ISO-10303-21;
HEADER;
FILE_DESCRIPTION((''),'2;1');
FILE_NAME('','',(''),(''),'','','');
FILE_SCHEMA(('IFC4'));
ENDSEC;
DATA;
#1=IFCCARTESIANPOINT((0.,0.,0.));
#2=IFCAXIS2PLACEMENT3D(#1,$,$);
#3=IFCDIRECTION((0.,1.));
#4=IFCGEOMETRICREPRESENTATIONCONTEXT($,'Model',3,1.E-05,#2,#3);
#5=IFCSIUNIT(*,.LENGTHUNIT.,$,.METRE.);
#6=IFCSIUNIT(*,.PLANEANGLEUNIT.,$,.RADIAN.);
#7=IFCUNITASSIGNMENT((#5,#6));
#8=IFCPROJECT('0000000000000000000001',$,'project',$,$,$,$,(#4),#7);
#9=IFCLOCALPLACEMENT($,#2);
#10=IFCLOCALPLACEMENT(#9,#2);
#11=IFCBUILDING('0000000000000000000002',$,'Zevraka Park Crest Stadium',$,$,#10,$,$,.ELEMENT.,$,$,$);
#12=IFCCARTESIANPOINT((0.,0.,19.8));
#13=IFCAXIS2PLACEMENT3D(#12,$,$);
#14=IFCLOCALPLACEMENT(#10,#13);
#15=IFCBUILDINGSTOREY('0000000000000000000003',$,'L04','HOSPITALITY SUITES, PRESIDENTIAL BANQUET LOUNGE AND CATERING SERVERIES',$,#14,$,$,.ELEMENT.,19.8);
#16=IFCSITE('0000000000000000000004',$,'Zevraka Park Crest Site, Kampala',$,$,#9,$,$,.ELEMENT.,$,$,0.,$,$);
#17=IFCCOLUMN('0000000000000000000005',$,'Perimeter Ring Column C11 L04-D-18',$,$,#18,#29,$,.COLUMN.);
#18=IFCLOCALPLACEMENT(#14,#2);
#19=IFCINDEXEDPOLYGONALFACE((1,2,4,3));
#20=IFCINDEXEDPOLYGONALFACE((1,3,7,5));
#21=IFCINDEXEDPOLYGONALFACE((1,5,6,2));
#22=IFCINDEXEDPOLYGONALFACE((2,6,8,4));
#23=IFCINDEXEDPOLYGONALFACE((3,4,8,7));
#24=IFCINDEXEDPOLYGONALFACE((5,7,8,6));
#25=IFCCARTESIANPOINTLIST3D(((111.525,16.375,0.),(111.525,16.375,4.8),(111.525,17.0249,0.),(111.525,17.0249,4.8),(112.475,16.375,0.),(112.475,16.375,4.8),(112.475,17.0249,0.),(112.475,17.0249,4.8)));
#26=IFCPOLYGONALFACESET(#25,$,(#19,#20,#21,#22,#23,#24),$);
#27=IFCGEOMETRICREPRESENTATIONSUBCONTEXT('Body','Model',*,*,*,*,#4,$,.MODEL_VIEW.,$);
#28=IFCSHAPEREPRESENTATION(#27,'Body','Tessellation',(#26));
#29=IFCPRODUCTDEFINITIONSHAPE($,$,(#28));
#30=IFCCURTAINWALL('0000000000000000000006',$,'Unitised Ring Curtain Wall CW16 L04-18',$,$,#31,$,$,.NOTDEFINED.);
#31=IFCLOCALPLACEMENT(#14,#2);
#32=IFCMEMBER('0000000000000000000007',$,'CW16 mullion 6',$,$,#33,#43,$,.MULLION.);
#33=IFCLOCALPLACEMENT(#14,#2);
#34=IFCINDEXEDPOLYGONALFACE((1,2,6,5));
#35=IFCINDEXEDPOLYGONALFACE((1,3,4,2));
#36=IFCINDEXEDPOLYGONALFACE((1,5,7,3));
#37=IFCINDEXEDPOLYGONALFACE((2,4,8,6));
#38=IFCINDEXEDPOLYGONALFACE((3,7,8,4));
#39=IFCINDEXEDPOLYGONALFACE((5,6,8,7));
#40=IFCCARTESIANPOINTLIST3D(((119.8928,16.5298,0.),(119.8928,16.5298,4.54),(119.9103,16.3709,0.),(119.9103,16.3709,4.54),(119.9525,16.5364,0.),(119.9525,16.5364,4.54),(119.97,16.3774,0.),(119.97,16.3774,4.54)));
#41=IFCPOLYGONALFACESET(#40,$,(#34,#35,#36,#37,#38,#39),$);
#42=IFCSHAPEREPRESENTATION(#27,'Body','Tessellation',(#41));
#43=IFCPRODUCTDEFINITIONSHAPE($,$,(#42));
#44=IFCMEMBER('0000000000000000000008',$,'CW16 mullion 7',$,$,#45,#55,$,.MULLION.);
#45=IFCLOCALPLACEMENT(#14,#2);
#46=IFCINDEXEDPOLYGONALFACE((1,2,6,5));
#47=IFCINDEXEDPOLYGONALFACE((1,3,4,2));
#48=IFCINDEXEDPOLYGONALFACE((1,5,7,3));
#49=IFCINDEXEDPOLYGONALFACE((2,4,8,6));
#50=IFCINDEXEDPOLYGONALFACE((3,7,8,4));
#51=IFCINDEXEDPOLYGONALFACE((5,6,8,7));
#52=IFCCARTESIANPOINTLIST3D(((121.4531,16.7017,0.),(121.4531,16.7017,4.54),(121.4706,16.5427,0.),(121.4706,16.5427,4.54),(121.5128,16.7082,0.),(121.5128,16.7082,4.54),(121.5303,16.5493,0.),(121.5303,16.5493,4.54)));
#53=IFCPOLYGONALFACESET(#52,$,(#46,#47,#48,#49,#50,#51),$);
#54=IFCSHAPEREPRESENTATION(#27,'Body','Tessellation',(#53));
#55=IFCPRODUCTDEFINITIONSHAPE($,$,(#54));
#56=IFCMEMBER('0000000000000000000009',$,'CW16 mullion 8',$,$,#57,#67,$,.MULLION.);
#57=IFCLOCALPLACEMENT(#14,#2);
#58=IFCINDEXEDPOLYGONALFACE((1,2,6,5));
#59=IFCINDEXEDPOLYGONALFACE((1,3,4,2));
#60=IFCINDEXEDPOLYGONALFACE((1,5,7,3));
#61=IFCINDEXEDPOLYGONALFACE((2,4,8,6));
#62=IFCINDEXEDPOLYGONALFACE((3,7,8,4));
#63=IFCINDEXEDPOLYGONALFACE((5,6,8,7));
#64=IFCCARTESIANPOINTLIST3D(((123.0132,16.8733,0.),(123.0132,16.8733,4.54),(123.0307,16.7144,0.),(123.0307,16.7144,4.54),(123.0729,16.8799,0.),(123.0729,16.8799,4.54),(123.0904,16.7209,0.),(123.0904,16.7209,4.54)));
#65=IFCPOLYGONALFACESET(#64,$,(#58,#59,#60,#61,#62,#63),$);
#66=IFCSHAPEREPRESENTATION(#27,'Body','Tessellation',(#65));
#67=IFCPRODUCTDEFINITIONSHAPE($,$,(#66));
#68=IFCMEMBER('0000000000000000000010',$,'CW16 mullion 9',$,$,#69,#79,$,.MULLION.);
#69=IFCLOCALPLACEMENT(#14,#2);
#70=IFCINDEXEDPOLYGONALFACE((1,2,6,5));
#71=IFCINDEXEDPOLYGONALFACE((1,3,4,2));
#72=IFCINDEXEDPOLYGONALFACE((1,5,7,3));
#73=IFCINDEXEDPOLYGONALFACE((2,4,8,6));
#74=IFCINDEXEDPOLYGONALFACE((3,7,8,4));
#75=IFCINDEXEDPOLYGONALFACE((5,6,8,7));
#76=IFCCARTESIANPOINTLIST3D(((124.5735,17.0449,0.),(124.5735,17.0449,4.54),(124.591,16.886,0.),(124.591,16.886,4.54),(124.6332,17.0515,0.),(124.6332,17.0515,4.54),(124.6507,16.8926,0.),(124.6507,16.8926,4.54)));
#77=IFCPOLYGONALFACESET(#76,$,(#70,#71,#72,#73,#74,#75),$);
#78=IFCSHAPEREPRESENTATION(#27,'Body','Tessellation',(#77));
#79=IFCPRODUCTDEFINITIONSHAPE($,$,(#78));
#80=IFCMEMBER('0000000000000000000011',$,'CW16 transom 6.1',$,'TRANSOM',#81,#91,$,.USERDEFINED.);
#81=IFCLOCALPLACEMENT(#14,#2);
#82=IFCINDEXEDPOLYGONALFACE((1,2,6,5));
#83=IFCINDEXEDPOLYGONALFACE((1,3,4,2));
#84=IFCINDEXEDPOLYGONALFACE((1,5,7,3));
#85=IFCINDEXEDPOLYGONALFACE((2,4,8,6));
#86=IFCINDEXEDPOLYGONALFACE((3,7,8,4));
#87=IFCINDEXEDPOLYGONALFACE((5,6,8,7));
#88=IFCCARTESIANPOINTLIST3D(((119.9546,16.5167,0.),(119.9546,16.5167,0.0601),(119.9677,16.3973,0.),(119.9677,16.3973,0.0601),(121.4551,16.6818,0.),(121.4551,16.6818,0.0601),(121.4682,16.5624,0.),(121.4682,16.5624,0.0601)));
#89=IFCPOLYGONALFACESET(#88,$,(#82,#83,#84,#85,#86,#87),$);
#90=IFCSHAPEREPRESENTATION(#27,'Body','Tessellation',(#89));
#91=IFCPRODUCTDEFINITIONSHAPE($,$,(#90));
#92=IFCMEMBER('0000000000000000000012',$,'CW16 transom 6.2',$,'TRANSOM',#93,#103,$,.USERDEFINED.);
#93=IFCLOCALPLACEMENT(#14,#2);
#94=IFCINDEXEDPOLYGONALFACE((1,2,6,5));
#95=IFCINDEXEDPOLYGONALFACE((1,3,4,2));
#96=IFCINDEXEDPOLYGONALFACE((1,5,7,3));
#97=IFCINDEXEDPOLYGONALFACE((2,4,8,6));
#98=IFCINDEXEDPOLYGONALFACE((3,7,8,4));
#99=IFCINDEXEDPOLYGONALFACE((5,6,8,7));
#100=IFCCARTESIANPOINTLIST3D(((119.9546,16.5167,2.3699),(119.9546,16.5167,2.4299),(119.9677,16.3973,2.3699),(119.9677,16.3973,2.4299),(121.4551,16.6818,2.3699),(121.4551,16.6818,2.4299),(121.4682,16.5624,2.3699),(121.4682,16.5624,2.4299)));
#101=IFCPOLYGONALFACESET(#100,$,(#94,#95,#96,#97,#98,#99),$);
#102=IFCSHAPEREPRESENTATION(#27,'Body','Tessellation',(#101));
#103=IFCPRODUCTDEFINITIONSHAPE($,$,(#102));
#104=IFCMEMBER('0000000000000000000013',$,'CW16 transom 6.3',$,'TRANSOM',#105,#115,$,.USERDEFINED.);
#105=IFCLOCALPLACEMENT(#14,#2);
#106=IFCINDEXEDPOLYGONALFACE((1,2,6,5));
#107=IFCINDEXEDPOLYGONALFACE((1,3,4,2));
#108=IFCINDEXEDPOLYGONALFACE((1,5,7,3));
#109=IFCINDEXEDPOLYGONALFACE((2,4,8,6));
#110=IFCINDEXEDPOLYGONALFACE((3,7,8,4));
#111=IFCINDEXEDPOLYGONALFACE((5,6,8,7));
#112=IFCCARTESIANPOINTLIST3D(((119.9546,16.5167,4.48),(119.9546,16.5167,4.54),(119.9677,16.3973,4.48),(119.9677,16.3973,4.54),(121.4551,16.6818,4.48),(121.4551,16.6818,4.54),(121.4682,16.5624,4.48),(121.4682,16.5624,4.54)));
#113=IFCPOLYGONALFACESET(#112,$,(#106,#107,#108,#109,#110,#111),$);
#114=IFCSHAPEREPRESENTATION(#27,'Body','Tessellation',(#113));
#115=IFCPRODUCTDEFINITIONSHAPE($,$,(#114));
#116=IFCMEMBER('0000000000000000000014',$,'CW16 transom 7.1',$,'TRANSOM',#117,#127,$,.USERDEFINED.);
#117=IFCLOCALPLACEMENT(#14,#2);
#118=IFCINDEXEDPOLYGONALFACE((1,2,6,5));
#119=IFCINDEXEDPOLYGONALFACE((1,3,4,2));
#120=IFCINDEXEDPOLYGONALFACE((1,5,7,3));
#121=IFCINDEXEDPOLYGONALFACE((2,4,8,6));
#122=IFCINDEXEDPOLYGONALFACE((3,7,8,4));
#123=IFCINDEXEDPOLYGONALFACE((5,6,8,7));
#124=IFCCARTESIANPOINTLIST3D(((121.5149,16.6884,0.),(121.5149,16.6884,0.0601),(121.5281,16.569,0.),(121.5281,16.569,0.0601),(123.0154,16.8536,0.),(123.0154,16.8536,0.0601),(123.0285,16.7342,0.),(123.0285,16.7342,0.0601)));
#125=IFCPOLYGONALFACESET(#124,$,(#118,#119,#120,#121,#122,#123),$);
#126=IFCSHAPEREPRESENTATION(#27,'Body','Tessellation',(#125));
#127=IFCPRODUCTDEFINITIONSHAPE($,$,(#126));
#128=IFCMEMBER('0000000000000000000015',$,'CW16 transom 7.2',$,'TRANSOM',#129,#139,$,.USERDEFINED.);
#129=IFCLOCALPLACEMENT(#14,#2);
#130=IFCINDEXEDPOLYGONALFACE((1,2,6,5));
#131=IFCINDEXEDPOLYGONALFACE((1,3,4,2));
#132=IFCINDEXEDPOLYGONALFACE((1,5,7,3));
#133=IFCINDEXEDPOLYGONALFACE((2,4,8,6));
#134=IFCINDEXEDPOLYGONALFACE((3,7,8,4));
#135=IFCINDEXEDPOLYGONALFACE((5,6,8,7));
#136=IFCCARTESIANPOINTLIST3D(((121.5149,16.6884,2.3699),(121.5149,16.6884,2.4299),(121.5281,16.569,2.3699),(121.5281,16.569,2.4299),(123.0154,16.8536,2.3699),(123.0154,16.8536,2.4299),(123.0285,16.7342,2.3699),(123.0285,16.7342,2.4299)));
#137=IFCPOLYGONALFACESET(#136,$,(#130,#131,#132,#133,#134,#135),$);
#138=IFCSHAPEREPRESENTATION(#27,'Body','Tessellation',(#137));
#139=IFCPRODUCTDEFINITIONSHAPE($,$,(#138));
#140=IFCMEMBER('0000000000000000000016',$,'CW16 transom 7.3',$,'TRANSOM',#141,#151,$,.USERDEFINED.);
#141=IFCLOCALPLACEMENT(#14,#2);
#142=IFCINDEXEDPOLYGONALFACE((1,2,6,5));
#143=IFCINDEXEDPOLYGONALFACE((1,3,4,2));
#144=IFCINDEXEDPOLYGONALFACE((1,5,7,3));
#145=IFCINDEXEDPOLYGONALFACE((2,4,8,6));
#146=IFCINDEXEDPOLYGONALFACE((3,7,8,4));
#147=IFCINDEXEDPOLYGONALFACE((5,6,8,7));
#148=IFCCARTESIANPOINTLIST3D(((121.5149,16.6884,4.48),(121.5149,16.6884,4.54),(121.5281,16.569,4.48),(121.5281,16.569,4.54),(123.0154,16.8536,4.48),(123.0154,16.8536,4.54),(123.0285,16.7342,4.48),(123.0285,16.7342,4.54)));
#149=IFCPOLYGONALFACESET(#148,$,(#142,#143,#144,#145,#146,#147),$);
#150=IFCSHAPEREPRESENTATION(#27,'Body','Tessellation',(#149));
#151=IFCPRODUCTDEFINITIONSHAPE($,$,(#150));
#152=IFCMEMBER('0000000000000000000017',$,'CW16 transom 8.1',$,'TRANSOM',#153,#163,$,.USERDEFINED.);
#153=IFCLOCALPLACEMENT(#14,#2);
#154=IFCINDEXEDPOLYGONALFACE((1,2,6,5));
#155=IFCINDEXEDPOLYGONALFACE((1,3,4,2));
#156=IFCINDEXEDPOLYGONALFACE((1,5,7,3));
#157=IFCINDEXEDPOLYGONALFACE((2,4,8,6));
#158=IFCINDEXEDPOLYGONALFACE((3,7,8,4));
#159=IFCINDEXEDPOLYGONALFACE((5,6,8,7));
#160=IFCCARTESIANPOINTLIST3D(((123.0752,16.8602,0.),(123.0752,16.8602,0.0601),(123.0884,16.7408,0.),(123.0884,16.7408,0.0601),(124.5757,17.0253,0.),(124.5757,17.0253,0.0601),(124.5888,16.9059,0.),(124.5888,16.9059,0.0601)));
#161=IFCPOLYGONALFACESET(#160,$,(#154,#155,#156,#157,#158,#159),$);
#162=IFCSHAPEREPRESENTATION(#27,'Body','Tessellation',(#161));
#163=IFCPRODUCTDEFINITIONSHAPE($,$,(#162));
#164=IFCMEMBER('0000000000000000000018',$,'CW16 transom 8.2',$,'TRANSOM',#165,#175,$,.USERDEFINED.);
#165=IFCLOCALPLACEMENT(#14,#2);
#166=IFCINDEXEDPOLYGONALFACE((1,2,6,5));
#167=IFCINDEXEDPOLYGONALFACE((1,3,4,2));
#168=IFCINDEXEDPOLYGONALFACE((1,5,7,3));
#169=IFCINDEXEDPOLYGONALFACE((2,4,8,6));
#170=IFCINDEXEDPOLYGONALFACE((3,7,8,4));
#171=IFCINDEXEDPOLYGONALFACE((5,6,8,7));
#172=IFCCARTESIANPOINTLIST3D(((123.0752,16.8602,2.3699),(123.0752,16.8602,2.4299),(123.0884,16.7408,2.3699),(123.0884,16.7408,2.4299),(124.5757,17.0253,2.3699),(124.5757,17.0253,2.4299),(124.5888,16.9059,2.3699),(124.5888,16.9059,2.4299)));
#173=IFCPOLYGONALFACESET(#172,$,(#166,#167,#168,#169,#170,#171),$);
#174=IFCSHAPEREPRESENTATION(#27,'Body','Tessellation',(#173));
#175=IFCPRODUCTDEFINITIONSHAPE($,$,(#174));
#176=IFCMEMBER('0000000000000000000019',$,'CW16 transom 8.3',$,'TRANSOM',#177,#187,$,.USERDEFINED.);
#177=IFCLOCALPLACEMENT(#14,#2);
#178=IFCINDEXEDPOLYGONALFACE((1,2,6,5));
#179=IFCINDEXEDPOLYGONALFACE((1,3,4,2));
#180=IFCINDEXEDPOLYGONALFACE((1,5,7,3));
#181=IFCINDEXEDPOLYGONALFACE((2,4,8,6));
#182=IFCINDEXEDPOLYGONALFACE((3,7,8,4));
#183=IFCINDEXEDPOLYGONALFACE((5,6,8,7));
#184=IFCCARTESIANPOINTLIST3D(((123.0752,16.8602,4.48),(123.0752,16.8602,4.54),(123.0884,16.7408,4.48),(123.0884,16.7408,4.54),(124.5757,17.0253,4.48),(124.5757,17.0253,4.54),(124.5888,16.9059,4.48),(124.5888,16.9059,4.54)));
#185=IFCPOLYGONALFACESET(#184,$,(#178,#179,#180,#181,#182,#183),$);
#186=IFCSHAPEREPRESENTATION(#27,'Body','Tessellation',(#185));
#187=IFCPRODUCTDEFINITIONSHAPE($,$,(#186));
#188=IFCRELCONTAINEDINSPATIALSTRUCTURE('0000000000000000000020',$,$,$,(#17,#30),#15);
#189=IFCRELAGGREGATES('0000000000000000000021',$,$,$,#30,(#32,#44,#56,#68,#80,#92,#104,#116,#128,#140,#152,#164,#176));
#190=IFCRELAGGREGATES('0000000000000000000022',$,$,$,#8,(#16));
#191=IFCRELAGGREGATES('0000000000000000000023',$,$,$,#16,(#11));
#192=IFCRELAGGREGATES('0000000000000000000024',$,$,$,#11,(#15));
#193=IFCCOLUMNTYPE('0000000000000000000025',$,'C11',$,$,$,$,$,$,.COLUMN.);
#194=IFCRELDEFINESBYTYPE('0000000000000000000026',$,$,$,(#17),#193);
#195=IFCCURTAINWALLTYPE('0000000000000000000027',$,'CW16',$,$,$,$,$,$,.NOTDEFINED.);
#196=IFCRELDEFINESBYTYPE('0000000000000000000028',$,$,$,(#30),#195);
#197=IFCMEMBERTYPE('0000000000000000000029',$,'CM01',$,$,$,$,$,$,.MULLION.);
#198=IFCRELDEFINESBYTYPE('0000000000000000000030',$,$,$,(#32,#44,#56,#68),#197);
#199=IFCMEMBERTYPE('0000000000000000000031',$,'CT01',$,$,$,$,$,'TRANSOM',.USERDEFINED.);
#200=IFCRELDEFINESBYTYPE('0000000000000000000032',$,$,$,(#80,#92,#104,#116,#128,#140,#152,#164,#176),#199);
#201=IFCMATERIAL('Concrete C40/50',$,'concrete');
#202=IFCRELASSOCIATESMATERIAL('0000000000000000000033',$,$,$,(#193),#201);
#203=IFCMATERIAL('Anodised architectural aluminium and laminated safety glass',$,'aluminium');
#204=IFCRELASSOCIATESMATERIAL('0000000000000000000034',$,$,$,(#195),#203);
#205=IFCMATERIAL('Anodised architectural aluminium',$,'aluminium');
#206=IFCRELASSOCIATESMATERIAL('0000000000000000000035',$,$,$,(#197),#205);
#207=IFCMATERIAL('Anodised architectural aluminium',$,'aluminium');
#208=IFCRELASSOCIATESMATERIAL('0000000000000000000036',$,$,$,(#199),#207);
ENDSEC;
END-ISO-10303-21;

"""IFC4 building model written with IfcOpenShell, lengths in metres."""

from ifc_helpers import new_model, si_unit, direction, frame, origin, origin_2d, place, context, subcontext, project, spatial, rectangle, extrude, material, material_profile, profile_set, type_object, element, aggregate, save


model = new_model("IFC4")

# Units and contexts
model_context = context("Model", 3, precision=1e-05, world=origin(), true_north=direction((0.0, 1.0)))
body_context = subcontext(model_context, "Body", "Model", "MODEL_VIEW")
ifc_project = project(units=[si_unit("LENGTHUNIT", "METRE"), si_unit("PLANEANGLEUNIT", "RADIAN")], contexts=[model_context])

# Site, building, storey
site_placement = place(None, origin())
site = spatial("IfcSite", under=ifc_project, at=site_placement, Name="Zevraka Park Crest Site, Kampala", CompositionType="ELEMENT", RefElevation=0.0)
building_placement = place(site_placement, origin())
building = spatial("IfcBuilding", under=site, at=building_placement, Name="Zevraka Park Crest Stadium", CompositionType="ELEMENT")
storey_placement = place(building_placement, frame((0.0, 0.0, 19.8)))
storey = spatial("IfcBuildingStorey", under=building, at=storey_placement, Name="L04", Description="HOSPITALITY SUITES, PRESIDENTIAL BANQUET LOUNGE AND CATERING SERVERIES", CompositionType="ELEMENT", Elevation=19.8)

# Column
ifc_material_1 = material(Name="Concrete C40/50", Category="concrete")
ifc_material_profile_1 = material_profile(ifc_material_1, rectangle(XDim=0.6499, YDim=0.95, at=origin_2d()), Name="RC 950x650")
ifc_profile_set_1 = profile_set([ifc_material_profile_1], Name="Concrete C40/50")
column_type = type_object("IfcColumnType", Name="C11", PredefinedType="COLUMN", material=ifc_profile_set_1)
column_placement = place(storey_placement, frame((112.0, 16.7, 0.0), z_axis=(0.0, 0.0, 1.0), x_axis=(0.0, 1.0, 0.0)))
element("IfcColumn", 1, at=column_placement, inside=storey, type_object=column_type, Name="Perimeter Ring Column C11 L04-D-18", PredefinedType="COLUMN", context=body_context, shape_type="SweptSolid", body=[
    extrude(rectangle(XDim=0.6499, YDim=0.95, at=origin_2d()), origin(), (0.0, 0.0, 1.0), 4.8),
])

# Curtain wall, members
ifc_material_2 = material(Name="Anodised architectural aluminium and laminated safety glass", Category="aluminium")
curtain_wall_type = type_object("IfcCurtainWallType", Name="CW16", PredefinedType="NOTDEFINED", material=ifc_material_2)
curtain_wall_placement = place(storey_placement, origin())
curtain_wall = element("IfcCurtainWall", 2, at=curtain_wall_placement, inside=storey, type_object=curtain_wall_type, Name="Unitised Ring Curtain Wall CW16 L04-18", PredefinedType="NOTDEFINED")
ifc_material_3 = material(Name="Anodised architectural aluminium", Category="aluminium")
ifc_material_profile_2 = material_profile(ifc_material_3, rectangle(XDim=0.1599, YDim=0.0601, at=origin_2d()), Name="ALU MULLION 160x60")
ifc_profile_set_2 = profile_set([ifc_material_profile_2], Name="Anodised architectural aluminium")
member_type_1 = type_object("IfcMemberType", Name="CM01", PredefinedType="MULLION", material=ifc_profile_set_2)
member_1_placement = place(storey_placement, frame((119.9314, 16.4536, 0.0), z_axis=(0.0, 0.0, 1.0), x_axis=(-0.109406, 0.993997, 0.0)))
member_1 = element("IfcMember", 3, at=member_1_placement, type_object=member_type_1, Name="CW16 mullion 6", PredefinedType="MULLION", context=body_context, shape_type="SweptSolid", body=[
    extrude(rectangle(XDim=0.1599, YDim=0.0601, at=origin_2d()), origin(), (0.0, 0.0, 1.0), 4.54),
])
member_2_placement = place(storey_placement, frame((121.4917, 16.6255, 0.0), z_axis=(0.0, 0.0, 1.0), x_axis=(-0.109406, 0.993997, 0.0)))
member_2 = element("IfcMember", 4, at=member_2_placement, type_object=member_type_1, Name="CW16 mullion 7", PredefinedType="MULLION", context=body_context, shape_type="SweptSolid", body=[
    extrude(rectangle(XDim=0.1599, YDim=0.0601, at=origin_2d()), origin(), (0.0, 0.0, 1.0), 4.54),
])
member_3_placement = place(storey_placement, frame((123.0518, 16.7971, 0.0), z_axis=(0.0, 0.0, 1.0), x_axis=(-0.109406, 0.993997, 0.0)))
member_3 = element("IfcMember", 5, at=member_3_placement, type_object=member_type_1, Name="CW16 mullion 8", PredefinedType="MULLION", context=body_context, shape_type="SweptSolid", body=[
    extrude(rectangle(XDim=0.1599, YDim=0.0601, at=origin_2d()), origin(), (0.0, 0.0, 1.0), 4.54),
])
member_4_placement = place(storey_placement, frame((124.6121, 16.9688, 0.0), z_axis=(0.0, 0.0, 1.0), x_axis=(-0.109406, 0.993997, 0.0)))
member_4 = element("IfcMember", 6, at=member_4_placement, type_object=member_type_1, Name="CW16 mullion 9", PredefinedType="MULLION", context=body_context, shape_type="SweptSolid", body=[
    extrude(rectangle(XDim=0.1599, YDim=0.0601, at=origin_2d()), origin(), (0.0, 0.0, 1.0), 4.54),
])
ifc_material_4 = material(Name="Anodised architectural aluminium", Category="aluminium")
ifc_material_profile_3 = material_profile(ifc_material_4, rectangle(XDim=0.1201, YDim=0.0601, at=origin_2d()), Name="ALU TRANSOM 120x60")
ifc_profile_set_3 = profile_set([ifc_material_profile_3], Name="Anodised architectural aluminium")
member_type_2 = type_object("IfcMemberType", Name="CT01", ElementType="TRANSOM", PredefinedType="USERDEFINED", material=ifc_profile_set_3)
member_5_placement = place(storey_placement, frame((119.9612, 16.457, 0.03), z_axis=(0.994005, 0.109331, 0.0), x_axis=(-0.109331, 0.994005, 0.0)))
member_5 = element("IfcMember", 7, at=member_5_placement, type_object=member_type_2, Name="CW16 transom 6.1", ObjectType="TRANSOM", PredefinedType="USERDEFINED", context=body_context, shape_type="SweptSolid", body=[
    extrude(rectangle(XDim=0.1201, YDim=0.0601, at=origin_2d()), origin(), (0.0, 0.0, 1.0), 1.5095),
])
member_6_placement = place(storey_placement, frame((119.9612, 16.457, 2.3999), z_axis=(0.994005, 0.109331, 0.0), x_axis=(-0.109331, 0.994005, 0.0)))
member_6 = element("IfcMember", 8, at=member_6_placement, type_object=member_type_2, Name="CW16 transom 6.2", ObjectType="TRANSOM", PredefinedType="USERDEFINED", context=body_context, shape_type="SweptSolid", body=[
    extrude(rectangle(XDim=0.1201, YDim=0.0601, at=origin_2d()), origin(), (0.0, 0.0, 1.0), 1.5095),
])
member_7_placement = place(storey_placement, frame((119.9612, 16.457, 4.51), z_axis=(0.994005, 0.109331, 0.0), x_axis=(-0.109331, 0.994005, 0.0)))
member_7 = element("IfcMember", 9, at=member_7_placement, type_object=member_type_2, Name="CW16 transom 6.3", ObjectType="TRANSOM", PredefinedType="USERDEFINED", context=body_context, shape_type="SweptSolid", body=[
    extrude(rectangle(XDim=0.1201, YDim=0.0601, at=origin_2d()), origin(), (0.0, 0.0, 1.0), 1.5095),
])
member_8_placement = place(storey_placement, frame((121.5215, 16.6287, 0.03), z_axis=(0.993988, 0.109491, 0.0), x_axis=(-0.109491, 0.993988, 0.0)))
member_8 = element("IfcMember", 10, at=member_8_placement, type_object=member_type_2, Name="CW16 transom 7.1", ObjectType="TRANSOM", PredefinedType="USERDEFINED", context=body_context, shape_type="SweptSolid", body=[
    extrude(rectangle(XDim=0.1201, YDim=0.0601, at=origin_2d()), origin(), (0.0, 0.0, 1.0), 1.5095),
])
member_9_placement = place(storey_placement, frame((121.5215, 16.6287, 2.3999), z_axis=(0.993988, 0.109491, 0.0), x_axis=(-0.109491, 0.993988, 0.0)))
member_9 = element("IfcMember", 11, at=member_9_placement, type_object=member_type_2, Name="CW16 transom 7.2", ObjectType="TRANSOM", PredefinedType="USERDEFINED", context=body_context, shape_type="SweptSolid", body=[
    extrude(rectangle(XDim=0.1201, YDim=0.0601, at=origin_2d()), origin(), (0.0, 0.0, 1.0), 1.5095),
])
member_10_placement = place(storey_placement, frame((121.5215, 16.6287, 4.51), z_axis=(0.993988, 0.109491, 0.0), x_axis=(-0.109491, 0.993988, 0.0)))
member_10 = element("IfcMember", 12, at=member_10_placement, type_object=member_type_2, Name="CW16 transom 7.3", ObjectType="TRANSOM", PredefinedType="USERDEFINED", context=body_context, shape_type="SweptSolid", body=[
    extrude(rectangle(XDim=0.1201, YDim=0.0601, at=origin_2d()), origin(), (0.0, 0.0, 1.0), 1.5095),
])
member_11_placement = place(storey_placement, frame((123.0818, 16.8005, 0.03), z_axis=(0.994005, 0.109331, 0.0), x_axis=(-0.109331, 0.994005, 0.0)))
member_11 = element("IfcMember", 13, at=member_11_placement, type_object=member_type_2, Name="CW16 transom 8.1", ObjectType="TRANSOM", PredefinedType="USERDEFINED", context=body_context, shape_type="SweptSolid", body=[
    extrude(rectangle(XDim=0.1201, YDim=0.0601, at=origin_2d()), origin(), (0.0, 0.0, 1.0), 1.5095),
])
member_12_placement = place(storey_placement, frame((123.0818, 16.8005, 2.3999), z_axis=(0.994005, 0.109331, 0.0), x_axis=(-0.109331, 0.994005, 0.0)))
member_12 = element("IfcMember", 14, at=member_12_placement, type_object=member_type_2, Name="CW16 transom 8.2", ObjectType="TRANSOM", PredefinedType="USERDEFINED", context=body_context, shape_type="SweptSolid", body=[
    extrude(rectangle(XDim=0.1201, YDim=0.0601, at=origin_2d()), origin(), (0.0, 0.0, 1.0), 1.5095),
])
member_13_placement = place(storey_placement, frame((123.0818, 16.8005, 4.51), z_axis=(0.994005, 0.109331, 0.0), x_axis=(-0.109331, 0.994005, 0.0)))
member_13 = element("IfcMember", 15, at=member_13_placement, type_object=member_type_2, Name="CW16 transom 8.3", ObjectType="TRANSOM", PredefinedType="USERDEFINED", context=body_context, shape_type="SweptSolid", body=[
    extrude(rectangle(XDim=0.1201, YDim=0.0601, at=origin_2d()), origin(), (0.0, 0.0, 1.0), 1.5095),
])

aggregate(curtain_wall, [member_1, member_2, member_3, member_4, member_5, member_6, member_7, member_8, member_9, member_10, member_11, member_12, member_13])

save(model, "model.ifc")
